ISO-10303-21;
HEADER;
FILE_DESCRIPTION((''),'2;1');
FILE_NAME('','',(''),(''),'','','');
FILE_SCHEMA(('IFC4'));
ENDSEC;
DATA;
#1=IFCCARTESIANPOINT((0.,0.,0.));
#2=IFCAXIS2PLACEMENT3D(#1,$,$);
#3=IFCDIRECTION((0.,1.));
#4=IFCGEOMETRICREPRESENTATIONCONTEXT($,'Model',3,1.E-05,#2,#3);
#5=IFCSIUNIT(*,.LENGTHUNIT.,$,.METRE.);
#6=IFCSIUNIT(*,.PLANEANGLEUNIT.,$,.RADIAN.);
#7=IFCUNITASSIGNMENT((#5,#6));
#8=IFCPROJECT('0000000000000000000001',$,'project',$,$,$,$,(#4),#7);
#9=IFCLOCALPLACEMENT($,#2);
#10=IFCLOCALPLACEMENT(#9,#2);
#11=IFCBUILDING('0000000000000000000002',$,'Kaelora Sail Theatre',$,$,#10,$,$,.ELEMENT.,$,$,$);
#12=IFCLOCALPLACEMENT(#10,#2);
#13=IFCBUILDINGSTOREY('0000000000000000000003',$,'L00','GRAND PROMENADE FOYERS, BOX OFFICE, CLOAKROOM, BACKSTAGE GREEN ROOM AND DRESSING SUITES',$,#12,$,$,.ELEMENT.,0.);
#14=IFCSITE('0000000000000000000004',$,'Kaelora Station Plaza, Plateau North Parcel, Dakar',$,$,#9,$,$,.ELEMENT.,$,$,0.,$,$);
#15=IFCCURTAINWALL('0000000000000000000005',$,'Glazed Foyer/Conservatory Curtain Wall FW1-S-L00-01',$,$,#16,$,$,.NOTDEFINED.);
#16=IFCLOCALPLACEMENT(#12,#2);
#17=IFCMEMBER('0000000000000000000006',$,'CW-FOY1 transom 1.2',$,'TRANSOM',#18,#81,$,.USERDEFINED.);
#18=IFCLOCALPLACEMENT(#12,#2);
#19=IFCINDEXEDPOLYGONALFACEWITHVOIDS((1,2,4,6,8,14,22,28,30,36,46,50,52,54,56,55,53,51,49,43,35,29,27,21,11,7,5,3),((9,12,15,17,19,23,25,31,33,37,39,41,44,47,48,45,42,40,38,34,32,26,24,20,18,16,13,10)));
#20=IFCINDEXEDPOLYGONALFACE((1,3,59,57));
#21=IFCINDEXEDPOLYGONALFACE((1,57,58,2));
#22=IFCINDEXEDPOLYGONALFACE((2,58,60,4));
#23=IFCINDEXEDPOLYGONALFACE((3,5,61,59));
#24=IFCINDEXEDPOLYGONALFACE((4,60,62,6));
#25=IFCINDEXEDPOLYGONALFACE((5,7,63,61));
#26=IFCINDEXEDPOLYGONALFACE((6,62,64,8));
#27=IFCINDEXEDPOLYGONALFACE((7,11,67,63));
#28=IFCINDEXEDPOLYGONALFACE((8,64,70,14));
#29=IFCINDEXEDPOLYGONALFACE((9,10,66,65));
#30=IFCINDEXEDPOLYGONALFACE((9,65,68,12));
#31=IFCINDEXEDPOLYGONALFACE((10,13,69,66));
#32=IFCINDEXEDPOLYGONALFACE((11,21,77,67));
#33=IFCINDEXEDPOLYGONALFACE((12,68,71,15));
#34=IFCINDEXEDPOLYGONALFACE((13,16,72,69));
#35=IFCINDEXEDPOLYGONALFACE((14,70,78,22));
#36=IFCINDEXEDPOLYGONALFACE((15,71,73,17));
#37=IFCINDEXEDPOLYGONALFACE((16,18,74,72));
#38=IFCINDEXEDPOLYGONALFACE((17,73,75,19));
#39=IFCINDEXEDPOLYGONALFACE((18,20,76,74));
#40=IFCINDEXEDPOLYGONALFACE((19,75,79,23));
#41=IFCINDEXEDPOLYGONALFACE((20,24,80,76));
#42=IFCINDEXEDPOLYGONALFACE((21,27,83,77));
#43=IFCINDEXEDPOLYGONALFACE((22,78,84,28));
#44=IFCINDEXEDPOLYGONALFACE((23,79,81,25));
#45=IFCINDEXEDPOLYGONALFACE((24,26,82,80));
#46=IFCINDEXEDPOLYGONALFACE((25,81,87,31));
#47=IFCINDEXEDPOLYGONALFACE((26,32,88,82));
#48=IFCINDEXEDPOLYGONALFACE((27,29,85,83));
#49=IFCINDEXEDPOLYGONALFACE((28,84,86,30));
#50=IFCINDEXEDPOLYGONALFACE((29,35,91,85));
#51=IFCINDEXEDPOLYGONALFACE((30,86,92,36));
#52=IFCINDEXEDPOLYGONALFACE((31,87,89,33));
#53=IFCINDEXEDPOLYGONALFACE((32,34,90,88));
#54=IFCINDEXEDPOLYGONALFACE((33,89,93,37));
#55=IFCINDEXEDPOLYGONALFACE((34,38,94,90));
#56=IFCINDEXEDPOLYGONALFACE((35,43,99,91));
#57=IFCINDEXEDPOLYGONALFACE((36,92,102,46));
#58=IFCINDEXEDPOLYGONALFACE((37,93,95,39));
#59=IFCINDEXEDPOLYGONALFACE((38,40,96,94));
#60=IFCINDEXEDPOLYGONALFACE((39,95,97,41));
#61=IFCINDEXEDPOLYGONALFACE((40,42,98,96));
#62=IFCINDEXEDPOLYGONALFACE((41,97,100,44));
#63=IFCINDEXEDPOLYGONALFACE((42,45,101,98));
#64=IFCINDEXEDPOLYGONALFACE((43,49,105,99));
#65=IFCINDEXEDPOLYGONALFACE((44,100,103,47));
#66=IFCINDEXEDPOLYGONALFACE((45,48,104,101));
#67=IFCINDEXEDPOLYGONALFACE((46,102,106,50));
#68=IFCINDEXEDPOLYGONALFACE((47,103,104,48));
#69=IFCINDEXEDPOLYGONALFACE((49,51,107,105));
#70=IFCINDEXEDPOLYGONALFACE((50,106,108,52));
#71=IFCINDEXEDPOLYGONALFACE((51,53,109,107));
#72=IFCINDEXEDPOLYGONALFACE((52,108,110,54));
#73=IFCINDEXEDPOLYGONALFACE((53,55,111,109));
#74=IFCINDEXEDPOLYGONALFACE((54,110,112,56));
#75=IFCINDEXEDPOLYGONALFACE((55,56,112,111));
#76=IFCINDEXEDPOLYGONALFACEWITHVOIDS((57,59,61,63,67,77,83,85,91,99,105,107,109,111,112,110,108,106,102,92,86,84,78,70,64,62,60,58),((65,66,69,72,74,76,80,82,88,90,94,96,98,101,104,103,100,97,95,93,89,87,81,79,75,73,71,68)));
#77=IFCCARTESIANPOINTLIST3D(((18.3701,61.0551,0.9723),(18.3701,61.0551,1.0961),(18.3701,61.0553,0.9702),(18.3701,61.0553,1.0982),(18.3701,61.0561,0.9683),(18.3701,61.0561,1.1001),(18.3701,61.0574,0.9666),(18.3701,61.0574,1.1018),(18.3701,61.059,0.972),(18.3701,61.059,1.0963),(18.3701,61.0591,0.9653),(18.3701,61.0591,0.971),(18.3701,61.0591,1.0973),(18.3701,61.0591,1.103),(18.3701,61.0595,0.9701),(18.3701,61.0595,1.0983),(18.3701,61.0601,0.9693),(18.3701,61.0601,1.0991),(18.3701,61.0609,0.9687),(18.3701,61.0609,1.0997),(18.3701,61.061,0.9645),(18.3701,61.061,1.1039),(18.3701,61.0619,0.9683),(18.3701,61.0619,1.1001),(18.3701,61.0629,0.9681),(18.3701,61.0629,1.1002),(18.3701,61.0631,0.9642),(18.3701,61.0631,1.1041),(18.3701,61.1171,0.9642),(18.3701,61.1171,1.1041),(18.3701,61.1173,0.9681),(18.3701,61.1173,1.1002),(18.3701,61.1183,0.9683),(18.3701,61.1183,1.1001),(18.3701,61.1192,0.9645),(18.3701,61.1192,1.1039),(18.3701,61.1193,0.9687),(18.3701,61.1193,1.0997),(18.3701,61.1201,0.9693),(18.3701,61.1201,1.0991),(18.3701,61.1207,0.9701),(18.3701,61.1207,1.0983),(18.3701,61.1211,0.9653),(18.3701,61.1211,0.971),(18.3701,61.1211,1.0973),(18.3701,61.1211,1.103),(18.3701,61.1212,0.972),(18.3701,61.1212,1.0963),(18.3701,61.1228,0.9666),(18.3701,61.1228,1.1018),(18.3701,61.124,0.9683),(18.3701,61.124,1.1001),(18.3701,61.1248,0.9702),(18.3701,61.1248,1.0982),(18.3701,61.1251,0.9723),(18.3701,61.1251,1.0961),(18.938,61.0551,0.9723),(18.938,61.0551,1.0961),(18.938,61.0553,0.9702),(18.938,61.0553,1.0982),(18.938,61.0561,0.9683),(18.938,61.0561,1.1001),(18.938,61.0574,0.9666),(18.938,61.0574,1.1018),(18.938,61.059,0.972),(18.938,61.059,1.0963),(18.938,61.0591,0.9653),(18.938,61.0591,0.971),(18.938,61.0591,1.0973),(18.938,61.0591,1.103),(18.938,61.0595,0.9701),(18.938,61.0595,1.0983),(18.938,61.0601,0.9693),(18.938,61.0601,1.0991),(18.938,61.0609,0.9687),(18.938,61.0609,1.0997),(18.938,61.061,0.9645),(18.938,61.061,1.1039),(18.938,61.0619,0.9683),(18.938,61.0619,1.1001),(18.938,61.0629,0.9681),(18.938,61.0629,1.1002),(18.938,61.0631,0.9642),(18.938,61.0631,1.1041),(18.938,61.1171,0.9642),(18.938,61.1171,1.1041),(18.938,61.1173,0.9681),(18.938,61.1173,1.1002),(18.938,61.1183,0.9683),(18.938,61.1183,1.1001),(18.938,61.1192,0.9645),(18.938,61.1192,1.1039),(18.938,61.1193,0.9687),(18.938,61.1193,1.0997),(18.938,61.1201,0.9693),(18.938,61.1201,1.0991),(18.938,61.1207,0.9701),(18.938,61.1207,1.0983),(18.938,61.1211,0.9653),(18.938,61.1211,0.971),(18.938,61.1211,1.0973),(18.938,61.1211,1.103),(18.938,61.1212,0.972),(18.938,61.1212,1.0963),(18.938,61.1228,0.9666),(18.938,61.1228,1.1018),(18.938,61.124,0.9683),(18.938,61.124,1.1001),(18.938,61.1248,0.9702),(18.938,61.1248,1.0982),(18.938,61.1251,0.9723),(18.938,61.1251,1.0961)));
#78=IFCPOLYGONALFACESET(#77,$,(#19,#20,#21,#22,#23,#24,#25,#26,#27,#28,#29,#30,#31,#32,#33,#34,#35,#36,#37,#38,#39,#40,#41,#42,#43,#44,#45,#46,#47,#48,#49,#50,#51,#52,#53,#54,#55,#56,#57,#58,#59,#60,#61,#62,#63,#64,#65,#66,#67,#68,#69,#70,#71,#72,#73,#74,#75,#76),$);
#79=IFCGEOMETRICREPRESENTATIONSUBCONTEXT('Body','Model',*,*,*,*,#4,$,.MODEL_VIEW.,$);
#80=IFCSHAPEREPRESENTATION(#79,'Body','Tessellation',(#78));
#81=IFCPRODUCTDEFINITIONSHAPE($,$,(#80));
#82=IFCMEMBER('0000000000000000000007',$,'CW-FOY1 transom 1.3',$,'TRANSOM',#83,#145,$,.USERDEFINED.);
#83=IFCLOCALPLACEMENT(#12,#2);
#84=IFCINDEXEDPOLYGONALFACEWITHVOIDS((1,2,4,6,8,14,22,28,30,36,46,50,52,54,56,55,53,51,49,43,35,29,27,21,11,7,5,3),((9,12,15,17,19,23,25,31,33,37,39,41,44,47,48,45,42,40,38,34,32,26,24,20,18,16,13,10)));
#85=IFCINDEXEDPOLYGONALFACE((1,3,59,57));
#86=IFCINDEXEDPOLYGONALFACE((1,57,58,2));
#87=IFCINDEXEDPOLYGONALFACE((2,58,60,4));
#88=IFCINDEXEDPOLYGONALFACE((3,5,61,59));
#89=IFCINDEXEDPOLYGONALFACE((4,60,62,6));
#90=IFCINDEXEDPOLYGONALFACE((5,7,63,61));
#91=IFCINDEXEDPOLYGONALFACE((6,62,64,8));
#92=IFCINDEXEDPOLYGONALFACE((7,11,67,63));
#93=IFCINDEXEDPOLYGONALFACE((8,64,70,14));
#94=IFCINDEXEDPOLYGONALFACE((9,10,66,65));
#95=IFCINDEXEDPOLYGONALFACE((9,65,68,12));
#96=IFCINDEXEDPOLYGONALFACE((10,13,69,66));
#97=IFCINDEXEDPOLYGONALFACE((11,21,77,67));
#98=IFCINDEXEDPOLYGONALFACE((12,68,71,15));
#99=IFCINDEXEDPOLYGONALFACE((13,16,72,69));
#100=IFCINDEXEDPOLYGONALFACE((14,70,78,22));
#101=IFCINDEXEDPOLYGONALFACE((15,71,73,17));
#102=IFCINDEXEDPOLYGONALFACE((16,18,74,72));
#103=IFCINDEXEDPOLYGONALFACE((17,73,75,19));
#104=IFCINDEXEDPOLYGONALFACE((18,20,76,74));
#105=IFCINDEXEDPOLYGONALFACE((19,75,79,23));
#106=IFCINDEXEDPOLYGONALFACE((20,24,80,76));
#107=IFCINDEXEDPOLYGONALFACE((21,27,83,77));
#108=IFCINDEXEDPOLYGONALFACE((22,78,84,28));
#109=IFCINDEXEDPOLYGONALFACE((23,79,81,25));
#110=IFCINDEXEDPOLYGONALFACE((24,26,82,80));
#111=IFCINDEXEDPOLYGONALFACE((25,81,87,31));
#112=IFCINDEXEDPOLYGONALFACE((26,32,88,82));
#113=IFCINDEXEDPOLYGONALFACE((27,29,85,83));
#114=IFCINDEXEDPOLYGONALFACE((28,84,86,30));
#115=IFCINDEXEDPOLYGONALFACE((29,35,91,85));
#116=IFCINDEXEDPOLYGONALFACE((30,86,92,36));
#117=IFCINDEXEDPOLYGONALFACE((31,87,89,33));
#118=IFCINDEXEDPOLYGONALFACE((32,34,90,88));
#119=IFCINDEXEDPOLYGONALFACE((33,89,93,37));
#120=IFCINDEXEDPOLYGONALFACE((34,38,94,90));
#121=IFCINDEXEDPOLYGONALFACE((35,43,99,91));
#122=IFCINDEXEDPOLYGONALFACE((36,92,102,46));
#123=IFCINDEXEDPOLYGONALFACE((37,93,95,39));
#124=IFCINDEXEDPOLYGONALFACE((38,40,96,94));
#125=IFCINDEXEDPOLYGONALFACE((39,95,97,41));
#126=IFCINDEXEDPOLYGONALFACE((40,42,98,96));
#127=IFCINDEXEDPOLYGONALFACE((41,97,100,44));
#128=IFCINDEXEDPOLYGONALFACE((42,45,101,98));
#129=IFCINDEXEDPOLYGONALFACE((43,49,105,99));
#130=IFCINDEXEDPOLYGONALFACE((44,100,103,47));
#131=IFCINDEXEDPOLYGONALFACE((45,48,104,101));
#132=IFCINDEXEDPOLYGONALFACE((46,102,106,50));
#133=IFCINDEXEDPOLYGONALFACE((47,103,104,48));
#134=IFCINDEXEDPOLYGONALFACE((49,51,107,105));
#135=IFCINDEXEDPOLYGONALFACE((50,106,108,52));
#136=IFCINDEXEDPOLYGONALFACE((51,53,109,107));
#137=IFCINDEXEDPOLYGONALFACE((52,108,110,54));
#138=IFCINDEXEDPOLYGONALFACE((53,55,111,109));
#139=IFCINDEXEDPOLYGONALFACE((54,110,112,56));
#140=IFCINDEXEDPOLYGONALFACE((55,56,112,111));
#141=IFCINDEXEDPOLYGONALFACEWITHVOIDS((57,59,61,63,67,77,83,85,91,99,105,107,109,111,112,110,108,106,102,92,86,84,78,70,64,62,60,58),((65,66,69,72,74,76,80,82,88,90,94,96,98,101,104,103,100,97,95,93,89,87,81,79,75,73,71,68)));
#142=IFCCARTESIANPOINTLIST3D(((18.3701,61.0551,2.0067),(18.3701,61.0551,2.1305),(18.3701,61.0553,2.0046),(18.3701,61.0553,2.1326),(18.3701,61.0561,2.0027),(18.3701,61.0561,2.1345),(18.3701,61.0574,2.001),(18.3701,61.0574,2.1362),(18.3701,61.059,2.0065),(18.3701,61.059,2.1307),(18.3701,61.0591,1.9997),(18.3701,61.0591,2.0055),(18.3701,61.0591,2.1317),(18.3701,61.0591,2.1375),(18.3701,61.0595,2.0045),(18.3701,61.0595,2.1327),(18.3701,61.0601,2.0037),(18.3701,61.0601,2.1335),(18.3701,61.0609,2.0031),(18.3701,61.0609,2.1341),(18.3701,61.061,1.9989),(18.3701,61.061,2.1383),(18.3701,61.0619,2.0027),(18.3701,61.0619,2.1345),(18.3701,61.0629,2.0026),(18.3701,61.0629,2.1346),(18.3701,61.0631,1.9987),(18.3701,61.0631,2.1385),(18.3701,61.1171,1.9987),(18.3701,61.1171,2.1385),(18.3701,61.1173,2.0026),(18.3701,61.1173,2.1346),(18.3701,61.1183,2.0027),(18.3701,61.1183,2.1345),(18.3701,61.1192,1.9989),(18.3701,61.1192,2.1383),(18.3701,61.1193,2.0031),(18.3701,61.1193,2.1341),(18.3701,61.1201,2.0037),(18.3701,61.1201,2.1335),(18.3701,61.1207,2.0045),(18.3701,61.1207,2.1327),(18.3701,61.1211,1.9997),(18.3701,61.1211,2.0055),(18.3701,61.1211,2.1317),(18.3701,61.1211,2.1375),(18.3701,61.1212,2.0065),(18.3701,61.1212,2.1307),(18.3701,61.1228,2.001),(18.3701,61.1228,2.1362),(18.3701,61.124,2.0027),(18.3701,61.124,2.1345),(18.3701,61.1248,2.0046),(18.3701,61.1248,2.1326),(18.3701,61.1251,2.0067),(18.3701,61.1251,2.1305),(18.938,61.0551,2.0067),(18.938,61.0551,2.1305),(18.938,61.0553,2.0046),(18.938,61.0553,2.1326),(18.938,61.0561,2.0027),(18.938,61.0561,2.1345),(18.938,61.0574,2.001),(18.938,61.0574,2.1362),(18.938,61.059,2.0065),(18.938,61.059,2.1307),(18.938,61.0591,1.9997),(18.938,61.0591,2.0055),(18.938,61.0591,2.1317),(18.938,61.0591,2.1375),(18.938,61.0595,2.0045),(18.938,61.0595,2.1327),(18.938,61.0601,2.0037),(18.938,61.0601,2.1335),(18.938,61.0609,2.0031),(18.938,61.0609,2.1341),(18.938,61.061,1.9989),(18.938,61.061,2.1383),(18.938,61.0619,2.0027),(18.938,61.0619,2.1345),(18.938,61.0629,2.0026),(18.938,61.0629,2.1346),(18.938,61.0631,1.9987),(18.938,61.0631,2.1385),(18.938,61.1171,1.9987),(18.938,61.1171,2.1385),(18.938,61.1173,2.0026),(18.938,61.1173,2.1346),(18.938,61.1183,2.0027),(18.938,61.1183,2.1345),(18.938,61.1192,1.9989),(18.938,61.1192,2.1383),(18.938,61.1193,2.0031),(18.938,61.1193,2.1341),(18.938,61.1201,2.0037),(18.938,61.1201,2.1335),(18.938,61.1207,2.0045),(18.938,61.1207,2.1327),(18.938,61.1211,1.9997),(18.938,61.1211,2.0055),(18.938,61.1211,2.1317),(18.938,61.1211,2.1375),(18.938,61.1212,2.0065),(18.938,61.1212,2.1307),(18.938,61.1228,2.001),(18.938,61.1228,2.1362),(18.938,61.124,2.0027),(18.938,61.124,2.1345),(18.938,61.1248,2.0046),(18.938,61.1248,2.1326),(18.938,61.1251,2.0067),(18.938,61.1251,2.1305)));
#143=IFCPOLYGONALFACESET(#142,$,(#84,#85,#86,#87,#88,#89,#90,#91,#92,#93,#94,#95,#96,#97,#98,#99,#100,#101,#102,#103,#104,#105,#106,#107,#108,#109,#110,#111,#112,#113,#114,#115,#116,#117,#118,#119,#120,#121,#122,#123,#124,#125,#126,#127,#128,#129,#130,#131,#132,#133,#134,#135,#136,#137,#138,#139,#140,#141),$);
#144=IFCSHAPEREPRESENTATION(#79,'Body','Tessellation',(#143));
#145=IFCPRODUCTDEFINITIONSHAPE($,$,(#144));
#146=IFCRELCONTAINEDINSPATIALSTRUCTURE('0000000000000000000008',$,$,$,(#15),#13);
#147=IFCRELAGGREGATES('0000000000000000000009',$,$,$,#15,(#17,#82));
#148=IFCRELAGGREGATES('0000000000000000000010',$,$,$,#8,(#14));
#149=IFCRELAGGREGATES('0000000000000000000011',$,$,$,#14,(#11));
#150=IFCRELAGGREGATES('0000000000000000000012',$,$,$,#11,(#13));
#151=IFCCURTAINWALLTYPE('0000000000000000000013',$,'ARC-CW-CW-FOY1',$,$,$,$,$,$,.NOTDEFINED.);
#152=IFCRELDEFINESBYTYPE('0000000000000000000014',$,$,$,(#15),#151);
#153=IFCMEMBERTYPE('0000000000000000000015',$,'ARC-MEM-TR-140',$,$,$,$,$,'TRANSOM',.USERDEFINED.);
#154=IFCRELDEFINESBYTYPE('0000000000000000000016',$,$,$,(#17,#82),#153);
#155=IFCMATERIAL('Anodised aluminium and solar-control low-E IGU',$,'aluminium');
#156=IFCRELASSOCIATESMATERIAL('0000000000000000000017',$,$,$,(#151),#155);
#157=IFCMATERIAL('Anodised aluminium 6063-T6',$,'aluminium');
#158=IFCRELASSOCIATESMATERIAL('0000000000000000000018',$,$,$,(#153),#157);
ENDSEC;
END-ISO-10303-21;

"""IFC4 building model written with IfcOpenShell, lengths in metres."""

from ifc_helpers import new_model, si_unit, direction, frame, origin, origin_2d, place, context, subcontext, project, spatial, hollow_rectangle, extrude, material, material_profile, profile_set, type_object, element, aggregate, save


model = new_model("IFC4")

# Units and contexts
model_context = context("Model", 3, precision=1e-05, world=origin(), true_north=direction((0.0, 1.0)))
body_context = subcontext(model_context, "Body", "Model", "MODEL_VIEW")
ifc_project = project(units=[si_unit("LENGTHUNIT", "METRE"), si_unit("PLANEANGLEUNIT", "RADIAN")], contexts=[model_context])

# Site, building, storey
site_placement = place(None, origin())
site = spatial("IfcSite", under=ifc_project, at=site_placement, Name="Kaelora Station Plaza, Plateau North Parcel, Dakar", CompositionType="ELEMENT", RefElevation=0.0)
building_placement = place(site_placement, origin())
building = spatial("IfcBuilding", under=site, at=building_placement, Name="Kaelora Sail Theatre", CompositionType="ELEMENT")
storey_placement = place(building_placement, origin())
storey = spatial("IfcBuildingStorey", under=building, at=storey_placement, Name="L00", Description="GRAND PROMENADE FOYERS, BOX OFFICE, CLOAKROOM, BACKSTAGE GREEN ROOM AND DRESSING SUITES", CompositionType="ELEMENT", Elevation=0.0)

# Curtain wall
ifc_material_1 = material(Name="Anodised aluminium and solar-control low-E IGU", Category="aluminium")
curtain_wall_type_1 = type_object("IfcCurtainWallType", Name="ARC-CW-CW-FOY1", PredefinedType="NOTDEFINED", material=ifc_material_1)
curtain_wall_1_placement = place(storey_placement, origin())
curtain_wall_1 = element("IfcCurtainWall", 1, at=curtain_wall_1_placement, inside=storey, type_object=curtain_wall_type_1, Name="Glazed Foyer/Conservatory Curtain Wall FW1-S-L00-01", PredefinedType="NOTDEFINED")

# Members
ifc_material_2 = material(Name="Anodised aluminium 6063-T6", Category="aluminium")
ifc_material_profile_1 = material_profile(ifc_material_2, hollow_rectangle(XDim=0.0701, YDim=0.1399, WallThickness=0.0039, InnerFilletRadius=0.0039, OuterFilletRadius=0.0081, at=origin_2d()), Name="ALU-TRAN 70x140x4")
ifc_profile_set_1 = profile_set([ifc_material_profile_1], Name="Anodised aluminium 6063-T6")
member_type_1 = type_object("IfcMemberType", Name="ARC-MEM-TR-140", ElementType="TRANSOM", PredefinedType="USERDEFINED", material=ifc_profile_set_1)
member_1_placement = place(storey_placement, frame((18.3701, 61.0901, 1.0342), z_axis=(1.0, 0.0, 0.0), x_axis=(0.0, 1.0, 0.0)))
member_1 = element("IfcMember", 2, at=member_1_placement, type_object=member_type_1, Name="CW-FOY1 transom 1.2", ObjectType="TRANSOM", PredefinedType="USERDEFINED", context=body_context, shape_type="SweptSolid", body=[
    extrude(hollow_rectangle(XDim=0.0701, YDim=0.1399, WallThickness=0.0039, InnerFilletRadius=0.0039, OuterFilletRadius=0.0081, at=origin_2d()), origin(), (0.0, 0.0, 1.0), 0.5679),
])
member_2_placement = place(storey_placement, frame((18.3701, 61.0901, 2.0686), z_axis=(1.0, 0.0, 0.0), x_axis=(0.0, 1.0, 0.0)))
member_2 = element("IfcMember", 3, at=member_2_placement, type_object=member_type_1, Name="CW-FOY1 transom 1.3", ObjectType="TRANSOM", PredefinedType="USERDEFINED", context=body_context, shape_type="SweptSolid", body=[
    extrude(hollow_rectangle(XDim=0.0701, YDim=0.1399, WallThickness=0.0039, InnerFilletRadius=0.0039, OuterFilletRadius=0.0081, at=origin_2d()), origin(), (0.0, 0.0, 1.0), 0.5679),
])

aggregate(curtain_wall_1, [member_1, member_2])

save(model, "model.ifc")
